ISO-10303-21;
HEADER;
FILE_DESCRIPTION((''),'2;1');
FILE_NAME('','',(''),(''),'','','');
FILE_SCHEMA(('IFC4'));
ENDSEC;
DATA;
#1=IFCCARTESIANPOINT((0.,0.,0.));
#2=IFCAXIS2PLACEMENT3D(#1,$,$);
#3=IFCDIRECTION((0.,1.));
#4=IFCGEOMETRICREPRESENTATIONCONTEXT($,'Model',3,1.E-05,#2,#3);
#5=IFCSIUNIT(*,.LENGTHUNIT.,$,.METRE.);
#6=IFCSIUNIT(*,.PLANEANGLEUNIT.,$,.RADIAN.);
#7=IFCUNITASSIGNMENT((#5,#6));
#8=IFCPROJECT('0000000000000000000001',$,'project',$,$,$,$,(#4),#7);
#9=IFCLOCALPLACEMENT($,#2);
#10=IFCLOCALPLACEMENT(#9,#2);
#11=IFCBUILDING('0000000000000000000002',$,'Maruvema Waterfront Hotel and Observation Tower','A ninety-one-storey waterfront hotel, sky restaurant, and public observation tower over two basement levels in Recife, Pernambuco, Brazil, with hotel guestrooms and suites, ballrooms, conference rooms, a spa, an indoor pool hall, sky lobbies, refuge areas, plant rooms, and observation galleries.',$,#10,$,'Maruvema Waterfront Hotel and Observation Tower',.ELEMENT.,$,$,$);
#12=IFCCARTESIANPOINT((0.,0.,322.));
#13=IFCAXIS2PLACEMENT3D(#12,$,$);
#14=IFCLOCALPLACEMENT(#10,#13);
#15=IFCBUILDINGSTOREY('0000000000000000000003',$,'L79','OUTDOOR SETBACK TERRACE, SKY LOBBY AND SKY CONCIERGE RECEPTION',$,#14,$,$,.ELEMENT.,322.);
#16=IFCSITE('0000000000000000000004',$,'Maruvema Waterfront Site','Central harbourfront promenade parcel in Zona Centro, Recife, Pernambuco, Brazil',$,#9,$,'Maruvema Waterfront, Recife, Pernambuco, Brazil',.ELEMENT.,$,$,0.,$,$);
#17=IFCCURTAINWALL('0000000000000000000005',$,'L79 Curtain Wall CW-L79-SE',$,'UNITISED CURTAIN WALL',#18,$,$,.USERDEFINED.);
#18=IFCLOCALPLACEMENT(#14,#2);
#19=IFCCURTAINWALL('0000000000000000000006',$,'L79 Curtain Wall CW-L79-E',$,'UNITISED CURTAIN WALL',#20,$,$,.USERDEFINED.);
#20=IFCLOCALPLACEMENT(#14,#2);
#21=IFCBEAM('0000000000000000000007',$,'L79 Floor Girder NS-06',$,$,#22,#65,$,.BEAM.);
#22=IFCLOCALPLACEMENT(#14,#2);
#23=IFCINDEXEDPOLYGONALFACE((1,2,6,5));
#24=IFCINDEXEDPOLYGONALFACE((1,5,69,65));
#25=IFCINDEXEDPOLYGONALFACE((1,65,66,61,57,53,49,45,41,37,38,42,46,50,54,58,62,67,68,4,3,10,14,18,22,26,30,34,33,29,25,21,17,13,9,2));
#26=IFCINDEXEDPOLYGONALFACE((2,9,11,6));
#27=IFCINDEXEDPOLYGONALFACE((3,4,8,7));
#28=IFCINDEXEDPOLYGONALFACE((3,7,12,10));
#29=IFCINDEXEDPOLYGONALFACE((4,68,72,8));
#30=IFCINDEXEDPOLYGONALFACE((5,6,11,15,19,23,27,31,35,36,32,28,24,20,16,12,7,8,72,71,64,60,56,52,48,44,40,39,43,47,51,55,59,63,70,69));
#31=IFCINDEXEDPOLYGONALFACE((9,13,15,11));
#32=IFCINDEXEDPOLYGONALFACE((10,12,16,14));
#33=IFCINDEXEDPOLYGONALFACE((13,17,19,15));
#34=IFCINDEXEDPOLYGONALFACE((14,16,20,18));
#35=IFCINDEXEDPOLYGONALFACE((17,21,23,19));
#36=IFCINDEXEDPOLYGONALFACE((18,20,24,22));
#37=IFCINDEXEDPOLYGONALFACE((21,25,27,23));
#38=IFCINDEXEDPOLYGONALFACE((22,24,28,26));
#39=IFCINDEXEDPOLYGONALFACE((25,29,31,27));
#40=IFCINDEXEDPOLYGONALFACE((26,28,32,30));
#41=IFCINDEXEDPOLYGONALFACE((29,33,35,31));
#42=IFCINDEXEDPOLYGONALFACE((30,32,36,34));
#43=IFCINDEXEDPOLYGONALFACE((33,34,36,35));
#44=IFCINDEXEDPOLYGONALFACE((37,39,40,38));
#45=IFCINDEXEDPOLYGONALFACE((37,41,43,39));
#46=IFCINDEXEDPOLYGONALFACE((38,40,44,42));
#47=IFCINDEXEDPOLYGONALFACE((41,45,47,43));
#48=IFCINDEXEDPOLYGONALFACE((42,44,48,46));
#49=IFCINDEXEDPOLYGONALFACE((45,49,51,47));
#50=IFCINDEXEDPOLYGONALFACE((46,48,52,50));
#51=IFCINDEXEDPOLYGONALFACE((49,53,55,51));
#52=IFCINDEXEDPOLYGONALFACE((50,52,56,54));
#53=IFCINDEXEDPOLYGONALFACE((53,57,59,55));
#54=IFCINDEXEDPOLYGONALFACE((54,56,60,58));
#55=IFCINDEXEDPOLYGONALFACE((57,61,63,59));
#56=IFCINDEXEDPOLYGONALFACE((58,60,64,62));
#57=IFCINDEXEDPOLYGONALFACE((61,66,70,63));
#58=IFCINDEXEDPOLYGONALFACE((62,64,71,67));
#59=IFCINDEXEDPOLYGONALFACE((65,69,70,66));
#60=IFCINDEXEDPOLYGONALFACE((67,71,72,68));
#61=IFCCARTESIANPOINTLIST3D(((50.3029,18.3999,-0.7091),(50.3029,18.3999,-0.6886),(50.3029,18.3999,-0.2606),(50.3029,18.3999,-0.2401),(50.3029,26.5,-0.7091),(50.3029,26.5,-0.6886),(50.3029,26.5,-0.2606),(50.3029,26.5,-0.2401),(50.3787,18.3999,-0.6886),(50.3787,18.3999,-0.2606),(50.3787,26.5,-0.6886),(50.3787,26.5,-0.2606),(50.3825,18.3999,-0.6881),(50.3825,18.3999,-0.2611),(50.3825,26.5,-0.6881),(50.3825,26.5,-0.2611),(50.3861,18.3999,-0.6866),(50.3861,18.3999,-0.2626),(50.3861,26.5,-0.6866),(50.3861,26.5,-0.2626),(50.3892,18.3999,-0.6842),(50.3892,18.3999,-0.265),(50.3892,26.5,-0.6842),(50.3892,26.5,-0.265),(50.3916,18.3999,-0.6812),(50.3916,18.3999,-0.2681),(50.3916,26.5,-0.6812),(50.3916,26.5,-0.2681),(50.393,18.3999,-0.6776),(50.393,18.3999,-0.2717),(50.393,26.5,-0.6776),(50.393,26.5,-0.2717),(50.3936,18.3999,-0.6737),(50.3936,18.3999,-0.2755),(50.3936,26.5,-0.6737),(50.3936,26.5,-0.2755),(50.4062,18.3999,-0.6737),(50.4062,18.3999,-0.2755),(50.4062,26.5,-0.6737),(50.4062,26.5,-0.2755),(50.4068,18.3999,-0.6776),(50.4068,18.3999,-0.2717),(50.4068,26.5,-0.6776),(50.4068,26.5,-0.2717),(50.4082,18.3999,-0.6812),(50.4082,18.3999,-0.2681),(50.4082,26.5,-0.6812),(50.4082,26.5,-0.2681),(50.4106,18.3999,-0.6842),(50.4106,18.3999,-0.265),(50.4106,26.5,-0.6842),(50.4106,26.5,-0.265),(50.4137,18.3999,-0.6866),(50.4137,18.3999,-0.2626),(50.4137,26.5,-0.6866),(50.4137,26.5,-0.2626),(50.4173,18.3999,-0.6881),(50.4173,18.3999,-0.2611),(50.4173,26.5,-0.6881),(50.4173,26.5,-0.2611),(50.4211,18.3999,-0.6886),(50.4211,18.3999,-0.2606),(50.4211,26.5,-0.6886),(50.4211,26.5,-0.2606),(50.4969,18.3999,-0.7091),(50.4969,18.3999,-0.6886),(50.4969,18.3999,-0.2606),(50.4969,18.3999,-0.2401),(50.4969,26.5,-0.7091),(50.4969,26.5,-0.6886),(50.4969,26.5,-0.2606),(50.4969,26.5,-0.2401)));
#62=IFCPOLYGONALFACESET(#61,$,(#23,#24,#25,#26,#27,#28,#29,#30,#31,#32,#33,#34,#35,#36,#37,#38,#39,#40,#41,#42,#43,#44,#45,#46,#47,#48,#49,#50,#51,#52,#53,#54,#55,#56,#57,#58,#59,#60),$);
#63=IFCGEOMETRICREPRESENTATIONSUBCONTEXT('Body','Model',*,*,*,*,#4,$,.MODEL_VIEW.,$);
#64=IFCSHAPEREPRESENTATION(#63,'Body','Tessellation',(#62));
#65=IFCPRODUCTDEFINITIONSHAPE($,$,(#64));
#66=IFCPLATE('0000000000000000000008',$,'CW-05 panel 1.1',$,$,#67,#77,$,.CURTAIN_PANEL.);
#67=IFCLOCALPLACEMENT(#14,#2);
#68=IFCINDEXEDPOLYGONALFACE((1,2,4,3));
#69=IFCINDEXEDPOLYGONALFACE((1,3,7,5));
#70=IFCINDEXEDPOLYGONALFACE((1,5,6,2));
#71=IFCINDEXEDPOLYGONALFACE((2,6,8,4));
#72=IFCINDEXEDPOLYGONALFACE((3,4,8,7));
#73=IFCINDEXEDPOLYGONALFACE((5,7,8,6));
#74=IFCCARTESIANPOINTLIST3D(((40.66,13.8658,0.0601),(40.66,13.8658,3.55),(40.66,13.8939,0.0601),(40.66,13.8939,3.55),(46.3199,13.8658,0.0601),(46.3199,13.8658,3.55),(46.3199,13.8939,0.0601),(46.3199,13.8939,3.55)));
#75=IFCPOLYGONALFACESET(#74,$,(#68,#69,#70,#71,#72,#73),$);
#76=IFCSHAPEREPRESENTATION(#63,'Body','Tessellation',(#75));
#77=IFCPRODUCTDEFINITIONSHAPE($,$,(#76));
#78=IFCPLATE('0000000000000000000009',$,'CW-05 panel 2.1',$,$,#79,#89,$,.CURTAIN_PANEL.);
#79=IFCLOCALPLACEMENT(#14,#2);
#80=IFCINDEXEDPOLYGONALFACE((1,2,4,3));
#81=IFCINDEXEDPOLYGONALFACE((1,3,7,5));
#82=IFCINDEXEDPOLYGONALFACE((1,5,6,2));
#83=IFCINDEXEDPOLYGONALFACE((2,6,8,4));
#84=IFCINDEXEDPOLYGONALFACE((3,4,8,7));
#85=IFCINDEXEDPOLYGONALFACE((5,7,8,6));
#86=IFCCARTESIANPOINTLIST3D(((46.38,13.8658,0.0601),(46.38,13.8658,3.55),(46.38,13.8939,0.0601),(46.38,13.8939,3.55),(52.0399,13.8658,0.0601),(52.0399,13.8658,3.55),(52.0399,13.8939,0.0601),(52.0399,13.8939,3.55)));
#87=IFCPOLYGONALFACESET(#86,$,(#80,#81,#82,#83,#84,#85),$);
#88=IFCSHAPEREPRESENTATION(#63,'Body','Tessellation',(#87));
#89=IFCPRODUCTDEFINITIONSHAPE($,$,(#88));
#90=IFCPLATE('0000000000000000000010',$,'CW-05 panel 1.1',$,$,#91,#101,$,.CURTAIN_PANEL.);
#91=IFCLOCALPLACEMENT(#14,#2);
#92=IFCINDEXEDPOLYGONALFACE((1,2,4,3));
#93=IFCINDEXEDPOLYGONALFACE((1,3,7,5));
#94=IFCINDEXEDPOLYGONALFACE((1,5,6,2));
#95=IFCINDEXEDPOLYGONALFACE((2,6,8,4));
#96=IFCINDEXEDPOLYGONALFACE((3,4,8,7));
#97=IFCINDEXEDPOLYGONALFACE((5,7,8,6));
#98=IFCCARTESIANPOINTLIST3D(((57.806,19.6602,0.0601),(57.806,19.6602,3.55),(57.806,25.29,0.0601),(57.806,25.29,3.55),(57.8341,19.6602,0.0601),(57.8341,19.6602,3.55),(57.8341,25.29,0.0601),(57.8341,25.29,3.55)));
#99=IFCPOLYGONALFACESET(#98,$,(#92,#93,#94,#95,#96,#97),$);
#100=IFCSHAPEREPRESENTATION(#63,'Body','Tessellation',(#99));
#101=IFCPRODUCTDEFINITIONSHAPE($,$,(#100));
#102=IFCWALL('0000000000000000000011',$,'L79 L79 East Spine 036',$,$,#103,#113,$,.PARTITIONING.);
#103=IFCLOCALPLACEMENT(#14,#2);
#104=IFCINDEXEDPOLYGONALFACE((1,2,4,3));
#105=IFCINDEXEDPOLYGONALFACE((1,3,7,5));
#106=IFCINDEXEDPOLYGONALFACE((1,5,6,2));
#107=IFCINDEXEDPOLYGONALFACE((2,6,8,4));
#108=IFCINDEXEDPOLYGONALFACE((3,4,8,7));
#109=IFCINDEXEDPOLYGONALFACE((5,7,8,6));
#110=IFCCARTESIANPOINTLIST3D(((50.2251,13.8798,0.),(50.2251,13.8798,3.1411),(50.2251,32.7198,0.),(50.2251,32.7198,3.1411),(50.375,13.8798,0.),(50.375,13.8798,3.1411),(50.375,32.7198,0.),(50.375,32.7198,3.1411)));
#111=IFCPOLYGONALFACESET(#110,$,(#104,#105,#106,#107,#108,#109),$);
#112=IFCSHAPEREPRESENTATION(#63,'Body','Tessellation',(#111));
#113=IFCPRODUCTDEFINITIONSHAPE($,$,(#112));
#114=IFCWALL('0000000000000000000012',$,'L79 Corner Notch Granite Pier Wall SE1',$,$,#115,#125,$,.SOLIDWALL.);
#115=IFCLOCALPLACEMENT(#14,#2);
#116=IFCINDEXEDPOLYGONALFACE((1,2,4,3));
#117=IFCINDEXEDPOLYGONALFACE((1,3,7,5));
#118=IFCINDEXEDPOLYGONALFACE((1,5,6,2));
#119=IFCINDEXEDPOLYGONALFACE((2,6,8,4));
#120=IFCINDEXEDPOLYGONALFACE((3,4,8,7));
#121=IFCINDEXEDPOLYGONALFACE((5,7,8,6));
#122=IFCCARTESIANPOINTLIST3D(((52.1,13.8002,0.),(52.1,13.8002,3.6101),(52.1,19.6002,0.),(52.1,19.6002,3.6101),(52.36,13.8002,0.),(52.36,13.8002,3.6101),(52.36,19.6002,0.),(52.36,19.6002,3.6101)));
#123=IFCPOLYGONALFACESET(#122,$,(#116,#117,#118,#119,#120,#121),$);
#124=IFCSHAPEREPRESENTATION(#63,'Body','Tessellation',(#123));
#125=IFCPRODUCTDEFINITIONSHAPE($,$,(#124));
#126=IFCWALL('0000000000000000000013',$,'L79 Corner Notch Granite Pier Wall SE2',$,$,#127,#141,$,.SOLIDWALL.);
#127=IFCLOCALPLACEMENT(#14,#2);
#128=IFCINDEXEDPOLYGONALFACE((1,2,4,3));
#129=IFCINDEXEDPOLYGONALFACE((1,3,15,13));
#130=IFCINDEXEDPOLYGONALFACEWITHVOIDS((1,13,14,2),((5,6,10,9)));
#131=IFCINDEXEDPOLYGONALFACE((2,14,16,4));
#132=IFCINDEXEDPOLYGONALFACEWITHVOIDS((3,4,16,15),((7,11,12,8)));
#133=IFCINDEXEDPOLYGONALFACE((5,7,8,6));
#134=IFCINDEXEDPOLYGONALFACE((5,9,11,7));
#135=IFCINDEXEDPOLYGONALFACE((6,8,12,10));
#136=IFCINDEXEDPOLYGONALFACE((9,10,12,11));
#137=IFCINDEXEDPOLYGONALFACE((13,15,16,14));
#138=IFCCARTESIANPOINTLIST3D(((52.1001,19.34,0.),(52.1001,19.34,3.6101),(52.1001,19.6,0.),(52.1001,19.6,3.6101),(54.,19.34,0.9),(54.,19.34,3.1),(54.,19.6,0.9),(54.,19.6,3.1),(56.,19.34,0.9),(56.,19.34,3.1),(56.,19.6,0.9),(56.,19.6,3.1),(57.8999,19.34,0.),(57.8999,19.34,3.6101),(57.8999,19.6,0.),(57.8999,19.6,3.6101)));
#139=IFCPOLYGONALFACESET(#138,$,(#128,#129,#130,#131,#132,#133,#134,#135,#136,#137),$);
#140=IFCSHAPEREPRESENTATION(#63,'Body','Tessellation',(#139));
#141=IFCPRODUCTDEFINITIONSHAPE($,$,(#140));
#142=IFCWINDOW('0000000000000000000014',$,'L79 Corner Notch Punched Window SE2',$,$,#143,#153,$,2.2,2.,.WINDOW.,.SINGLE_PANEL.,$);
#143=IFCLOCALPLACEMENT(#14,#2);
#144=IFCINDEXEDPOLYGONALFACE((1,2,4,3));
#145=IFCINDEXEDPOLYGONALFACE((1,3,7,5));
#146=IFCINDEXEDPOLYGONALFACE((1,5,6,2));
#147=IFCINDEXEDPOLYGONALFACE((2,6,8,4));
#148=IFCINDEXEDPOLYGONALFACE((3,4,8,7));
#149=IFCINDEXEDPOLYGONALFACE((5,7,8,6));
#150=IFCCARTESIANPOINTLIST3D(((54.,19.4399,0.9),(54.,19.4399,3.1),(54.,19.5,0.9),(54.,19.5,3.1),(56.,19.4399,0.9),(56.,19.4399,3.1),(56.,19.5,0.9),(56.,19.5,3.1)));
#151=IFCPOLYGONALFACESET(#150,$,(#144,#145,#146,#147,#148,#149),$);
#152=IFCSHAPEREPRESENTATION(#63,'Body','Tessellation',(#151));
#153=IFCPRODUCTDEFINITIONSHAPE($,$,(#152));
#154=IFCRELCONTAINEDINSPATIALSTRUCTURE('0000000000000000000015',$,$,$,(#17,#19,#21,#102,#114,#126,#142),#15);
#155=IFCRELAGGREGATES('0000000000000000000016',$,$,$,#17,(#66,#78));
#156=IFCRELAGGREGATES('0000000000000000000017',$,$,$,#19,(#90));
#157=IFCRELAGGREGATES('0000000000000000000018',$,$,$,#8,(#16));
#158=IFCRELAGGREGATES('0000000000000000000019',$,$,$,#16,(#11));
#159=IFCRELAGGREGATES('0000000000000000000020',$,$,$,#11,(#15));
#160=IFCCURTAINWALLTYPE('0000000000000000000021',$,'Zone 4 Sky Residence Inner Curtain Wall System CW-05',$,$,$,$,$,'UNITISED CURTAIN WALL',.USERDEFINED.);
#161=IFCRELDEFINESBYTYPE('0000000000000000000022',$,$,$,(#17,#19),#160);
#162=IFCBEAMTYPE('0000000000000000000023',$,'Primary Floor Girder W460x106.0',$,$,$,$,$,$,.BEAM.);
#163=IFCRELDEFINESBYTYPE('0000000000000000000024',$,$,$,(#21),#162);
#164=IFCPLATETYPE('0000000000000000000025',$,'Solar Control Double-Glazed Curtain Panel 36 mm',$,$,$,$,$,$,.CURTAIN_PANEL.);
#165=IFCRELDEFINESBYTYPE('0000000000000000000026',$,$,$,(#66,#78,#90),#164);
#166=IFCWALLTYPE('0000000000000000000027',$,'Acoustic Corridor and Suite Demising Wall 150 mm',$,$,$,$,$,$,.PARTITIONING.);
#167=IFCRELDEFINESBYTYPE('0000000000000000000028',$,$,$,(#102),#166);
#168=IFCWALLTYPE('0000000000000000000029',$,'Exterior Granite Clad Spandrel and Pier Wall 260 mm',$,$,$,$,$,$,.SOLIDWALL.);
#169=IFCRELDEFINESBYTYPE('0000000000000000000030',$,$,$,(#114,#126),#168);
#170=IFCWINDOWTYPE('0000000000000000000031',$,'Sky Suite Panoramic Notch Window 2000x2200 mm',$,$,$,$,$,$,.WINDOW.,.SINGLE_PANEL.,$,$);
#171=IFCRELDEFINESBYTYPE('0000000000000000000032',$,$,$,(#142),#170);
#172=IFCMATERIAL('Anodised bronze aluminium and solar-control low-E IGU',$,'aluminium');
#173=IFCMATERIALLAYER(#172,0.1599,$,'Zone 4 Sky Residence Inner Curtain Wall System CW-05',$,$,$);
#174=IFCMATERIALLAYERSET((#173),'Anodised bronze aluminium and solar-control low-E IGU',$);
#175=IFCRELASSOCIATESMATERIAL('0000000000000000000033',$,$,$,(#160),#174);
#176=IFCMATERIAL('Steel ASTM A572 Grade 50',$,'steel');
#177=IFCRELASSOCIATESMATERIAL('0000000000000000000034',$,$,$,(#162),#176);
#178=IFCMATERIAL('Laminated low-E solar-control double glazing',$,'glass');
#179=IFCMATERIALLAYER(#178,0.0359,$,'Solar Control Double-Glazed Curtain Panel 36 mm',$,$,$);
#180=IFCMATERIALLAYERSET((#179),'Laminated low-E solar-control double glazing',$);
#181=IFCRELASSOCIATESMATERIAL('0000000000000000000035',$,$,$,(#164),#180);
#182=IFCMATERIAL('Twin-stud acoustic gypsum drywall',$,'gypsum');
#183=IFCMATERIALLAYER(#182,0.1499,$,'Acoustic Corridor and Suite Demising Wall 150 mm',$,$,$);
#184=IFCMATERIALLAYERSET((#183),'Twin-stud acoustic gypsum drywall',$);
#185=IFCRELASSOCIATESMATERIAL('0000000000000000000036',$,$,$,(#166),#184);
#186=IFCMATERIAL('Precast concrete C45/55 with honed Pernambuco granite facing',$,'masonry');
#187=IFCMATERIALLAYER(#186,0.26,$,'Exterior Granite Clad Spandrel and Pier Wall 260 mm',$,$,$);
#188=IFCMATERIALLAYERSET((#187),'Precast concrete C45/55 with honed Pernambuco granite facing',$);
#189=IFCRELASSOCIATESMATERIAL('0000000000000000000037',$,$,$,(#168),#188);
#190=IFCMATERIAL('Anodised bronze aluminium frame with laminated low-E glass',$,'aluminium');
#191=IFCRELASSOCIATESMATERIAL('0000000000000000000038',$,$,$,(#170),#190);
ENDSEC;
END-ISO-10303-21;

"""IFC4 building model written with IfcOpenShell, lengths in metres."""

from ifc_helpers import new_model, si_unit, direction, frame, frame_2d, origin, origin_2d, place, context, subcontext, project, spatial, rectangle, i_section, extrude, material, layer, layer_set, material_profile, profile_set, type_object, element, fill, aggregate, save


model = new_model("IFC4")

# Units and contexts
model_context = context("Model", 3, precision=1e-05, world=origin(), true_north=direction((0.0, 1.0)))
body_context = subcontext(model_context, "Body", "Model", "MODEL_VIEW")
ifc_project = project(units=[si_unit("LENGTHUNIT", "METRE"), si_unit("PLANEANGLEUNIT", "RADIAN")], contexts=[model_context])

# Site, building, storey
site_placement = place(None, origin())
site = spatial("IfcSite", under=ifc_project, at=site_placement, Name="Maruvema Waterfront Site", Description="Central harbourfront promenade parcel in Zona Centro, Recife, Pernambuco, Brazil", LongName="Maruvema Waterfront, Recife, Pernambuco, Brazil", CompositionType="ELEMENT", RefElevation=0.0)
building_placement = place(site_placement, origin())
building = spatial("IfcBuilding", under=site, at=building_placement, Name="Maruvema Waterfront Hotel and Observation Tower", Description="A ninety-one-storey waterfront hotel, sky restaurant, and public observation tower over two basement levels in Recife, Pernambuco, Brazil, with hotel guestrooms and suites, ballrooms, conference rooms, a spa, an indoor pool hall, sky lobbies, refuge areas, plant rooms, and observation galleries.", LongName="Maruvema Waterfront Hotel and Observation Tower", CompositionType="ELEMENT")
storey_placement = place(building_placement, frame((0.0, 0.0, 322.0)))
storey = spatial("IfcBuildingStorey", under=building, at=storey_placement, Name="L79", Description="OUTDOOR SETBACK TERRACE, SKY LOBBY AND SKY CONCIERGE RECEPTION", CompositionType="ELEMENT", Elevation=322.0)

# Curtain walls
ifc_material_1 = material(Name="Anodised bronze aluminium and solar-control low-E IGU", Category="aluminium")
ifc_layer_1 = layer(ifc_material_1, 0.1599, Name="Zone 4 Sky Residence Inner Curtain Wall System CW-05")
ifc_layer_set_1 = layer_set([ifc_layer_1], Name="Anodised bronze aluminium and solar-control low-E IGU")
curtain_wall_type = type_object("IfcCurtainWallType", Name="Zone 4 Sky Residence Inner Curtain Wall System CW-05", ElementType="UNITISED CURTAIN WALL", PredefinedType="USERDEFINED", material=ifc_layer_set_1)
curtain_wall_1_placement = place(storey_placement, origin())
curtain_wall_1 = element("IfcCurtainWall", 1, at=curtain_wall_1_placement, inside=storey, type_object=curtain_wall_type, Name="L79 Curtain Wall CW-L79-SE", ObjectType="UNITISED CURTAIN WALL", PredefinedType="USERDEFINED")
curtain_wall_2_placement = place(storey_placement, origin())
curtain_wall_2 = element("IfcCurtainWall", 2, at=curtain_wall_2_placement, inside=storey, type_object=curtain_wall_type, Name="L79 Curtain Wall CW-L79-E", ObjectType="UNITISED CURTAIN WALL", PredefinedType="USERDEFINED")

# Beam
ifc_material_2 = material(Name="Steel ASTM A572 Grade 50", Category="steel")
ifc_material_profile_1 = material_profile(ifc_material_2, i_section(OverallWidth=0.1941, OverallDepth=0.469, WebThickness=0.0127, FlangeThickness=0.0205, FilletRadius=0.0149, at=origin_2d()), Name="W460x106.0")
ifc_profile_set_1 = profile_set([ifc_material_profile_1], Name="Steel ASTM A572 Grade 50")
beam_type = type_object("IfcBeamType", Name="Primary Floor Girder W460x106.0", PredefinedType="BEAM", material=ifc_profile_set_1)
beam_1_placement = place(storey_placement, frame((50.3999, 18.3999, -0.4746), z_axis=(0.0, 1.0, 0.0), x_axis=(-1.0, 0.0, 0.0)))
element("IfcBeam", 3, at=beam_1_placement, inside=storey, type_object=beam_type, Name="L79 Floor Girder NS-06", PredefinedType="BEAM", context=body_context, shape_type="SweptSolid", body=[
    extrude(i_section(OverallWidth=0.1941, OverallDepth=0.469, WebThickness=0.0127, FlangeThickness=0.0205, FilletRadius=0.0149, at=origin_2d()), origin(), (0.0, 0.0, 1.0), 8.1001),
])

# Plates
ifc_material_3 = material(Name="Laminated low-E solar-control double glazing", Category="glass")
ifc_layer_2 = layer(ifc_material_3, 0.0359, Name="Solar Control Double-Glazed Curtain Panel 36 mm")
ifc_layer_set_2 = layer_set([ifc_layer_2], Name="Laminated low-E solar-control double glazing")
plate_type = type_object("IfcPlateType", Name="Solar Control Double-Glazed Curtain Panel 36 mm", PredefinedType="CURTAIN_PANEL", material=ifc_layer_set_2)
plate_1_placement = place(storey_placement, frame((43.49, 13.8799, 0.0601), z_axis=(0.0, 0.0, 1.0), x_axis=(1.0, 0.0, 0.0)))
plate_1 = element("IfcPlate", 4, at=plate_1_placement, type_object=plate_type, Name="CW-05 panel 1.1", PredefinedType="CURTAIN_PANEL", context=body_context, shape_type="SweptSolid", body=[
    extrude(rectangle(XDim=5.6599, YDim=0.0281, at=origin_2d()), origin(), (0.0, 0.0, 1.0), 3.49),
])
plate_2_placement = place(storey_placement, frame((49.21, 13.8799, 0.0601), z_axis=(0.0, 0.0, 1.0), x_axis=(1.0, 0.0, 0.0)))
plate_2 = element("IfcPlate", 5, at=plate_2_placement, type_object=plate_type, Name="CW-05 panel 2.1", PredefinedType="CURTAIN_PANEL", context=body_context, shape_type="SweptSolid", body=[
    extrude(rectangle(XDim=5.6599, YDim=0.0281, at=origin_2d()), origin(), (0.0, 0.0, 1.0), 3.49),
])
aggregate(curtain_wall_1, [plate_1, plate_2])
plate_3_placement = place(storey_placement, frame((57.8201, 22.4751, 0.0601), z_axis=(0.0, 0.0, 1.0), x_axis=(0.0, 1.0, 0.0)))
plate_3 = element("IfcPlate", 6, at=plate_3_placement, type_object=plate_type, Name="CW-05 panel 1.1", PredefinedType="CURTAIN_PANEL", context=body_context, shape_type="SweptSolid", body=[
    extrude(rectangle(XDim=5.6299, YDim=0.0281, at=origin_2d()), origin(), (0.0, 0.0, 1.0), 3.49),
])
aggregate(curtain_wall_2, [plate_3])

# Walls
ifc_material_4 = material(Name="Twin-stud acoustic gypsum drywall", Category="gypsum")
ifc_layer_3 = layer(ifc_material_4, 0.1499, Name="Acoustic Corridor and Suite Demising Wall 150 mm")
ifc_layer_set_3 = layer_set([ifc_layer_3], Name="Twin-stud acoustic gypsum drywall")
wall_type_1 = type_object("IfcWallType", Name="Acoustic Corridor and Suite Demising Wall 150 mm", PredefinedType="PARTITIONING", material=ifc_layer_set_3)
wall_1_placement = place(storey_placement, frame((50.3, 13.8799, 0.0), z_axis=(0.0, 0.0, 1.0), x_axis=(0.0, 1.0, 0.0)))
element("IfcWall", 7, at=wall_1_placement, inside=storey, type_object=wall_type_1, Name="L79 L79 East Spine 036", PredefinedType="PARTITIONING", context=body_context, shape_type="SweptSolid", body=[
    extrude(rectangle(XDim=18.8401, YDim=0.1499, at=frame_2d((9.4199, 0.0))), origin(), (0.0, 0.0, 1.0), 3.1411),
])
ifc_material_5 = material(Name="Precast concrete C45/55 with honed Pernambuco granite facing", Category="masonry")
ifc_layer_4 = layer(ifc_material_5, 0.26, Name="Exterior Granite Clad Spandrel and Pier Wall 260 mm")
ifc_layer_set_4 = layer_set([ifc_layer_4], Name="Precast concrete C45/55 with honed Pernambuco granite facing")
wall_type_2 = type_object("IfcWallType", Name="Exterior Granite Clad Spandrel and Pier Wall 260 mm", PredefinedType="SOLIDWALL", material=ifc_layer_set_4)
wall_2_placement = place(storey_placement, frame((52.23, 19.6001, 0.0), z_axis=(0.0, 0.0, 1.0), x_axis=(0.0, -1.0, 0.0)))
element("IfcWall", 8, at=wall_2_placement, inside=storey, type_object=wall_type_2, Name="L79 Corner Notch Granite Pier Wall SE1", PredefinedType="SOLIDWALL", context=body_context, shape_type="SweptSolid", body=[
    extrude(rectangle(XDim=5.8, YDim=0.26, at=frame_2d((2.8999, 0.0))), origin(), (0.0, 0.0, 1.0), 3.6101),
])

# Wall, opening, window
wall_3_placement = place(storey_placement, frame((57.8999, 19.47, 0.0), z_axis=(0.0, 0.0, 1.0), x_axis=(-1.0, 0.0, 0.0)))
wall_3 = element("IfcWall", 9, at=wall_3_placement, inside=storey, type_object=wall_type_2, Name="L79 Corner Notch Granite Pier Wall SE2", PredefinedType="SOLIDWALL", context=body_context, shape_type="SweptSolid", body=[
    extrude(rectangle(XDim=5.7998, YDim=0.26, at=frame_2d((2.8999, 0.0))), origin(), (0.0, 0.0, 1.0), 3.6101),
])
opening_1_placement = place(wall_3_placement, frame((1.8999, 0.0, 0.8999)))
opening_1 = element("IfcOpeningElement", 10, at=opening_1_placement, cuts=wall_3, PredefinedType="OPENING", context=body_context, shape_type="SweptSolid", body=[
    extrude(rectangle(XDim=2.0, YDim=2.2, at=frame_2d((1.0, 1.1001))), frame((0.0, 0.1401, 0.0), z_axis=(0.0, -1.0, 0.0), x_axis=(1.0, 0.0, 0.0)), (0.0, 0.0, 1.0), 0.28),
])
ifc_material_6 = material(Name="Anodised bronze aluminium frame with laminated low-E glass", Category="aluminium")
window_type = type_object("IfcWindowType", Name="Sky Suite Panoramic Notch Window 2000x2200 mm", PartitioningType="SINGLE_PANEL", PredefinedType="WINDOW", material=ifc_material_6)
window_placement = place(opening_1_placement, origin())
window = element("IfcWindow", 11, at=window_placement, inside=storey, type_object=window_type, Name="L79 Corner Notch Punched Window SE2", OverallHeight=2.2, OverallWidth=2.0, PartitioningType="SINGLE_PANEL", PredefinedType="WINDOW", context=body_context, shape_type="SweptSolid", body=[
    extrude(rectangle(XDim=2.0, YDim=2.2, at=frame_2d((1.0, 1.1001))), frame((0.0, 0.03, 0.0), z_axis=(0.0, -1.0, 0.0), x_axis=(1.0, 0.0, 0.0)), (0.0, 0.0, 1.0), 0.0601),
])
fill(opening_1, window)

save(model, "model.ifc")
